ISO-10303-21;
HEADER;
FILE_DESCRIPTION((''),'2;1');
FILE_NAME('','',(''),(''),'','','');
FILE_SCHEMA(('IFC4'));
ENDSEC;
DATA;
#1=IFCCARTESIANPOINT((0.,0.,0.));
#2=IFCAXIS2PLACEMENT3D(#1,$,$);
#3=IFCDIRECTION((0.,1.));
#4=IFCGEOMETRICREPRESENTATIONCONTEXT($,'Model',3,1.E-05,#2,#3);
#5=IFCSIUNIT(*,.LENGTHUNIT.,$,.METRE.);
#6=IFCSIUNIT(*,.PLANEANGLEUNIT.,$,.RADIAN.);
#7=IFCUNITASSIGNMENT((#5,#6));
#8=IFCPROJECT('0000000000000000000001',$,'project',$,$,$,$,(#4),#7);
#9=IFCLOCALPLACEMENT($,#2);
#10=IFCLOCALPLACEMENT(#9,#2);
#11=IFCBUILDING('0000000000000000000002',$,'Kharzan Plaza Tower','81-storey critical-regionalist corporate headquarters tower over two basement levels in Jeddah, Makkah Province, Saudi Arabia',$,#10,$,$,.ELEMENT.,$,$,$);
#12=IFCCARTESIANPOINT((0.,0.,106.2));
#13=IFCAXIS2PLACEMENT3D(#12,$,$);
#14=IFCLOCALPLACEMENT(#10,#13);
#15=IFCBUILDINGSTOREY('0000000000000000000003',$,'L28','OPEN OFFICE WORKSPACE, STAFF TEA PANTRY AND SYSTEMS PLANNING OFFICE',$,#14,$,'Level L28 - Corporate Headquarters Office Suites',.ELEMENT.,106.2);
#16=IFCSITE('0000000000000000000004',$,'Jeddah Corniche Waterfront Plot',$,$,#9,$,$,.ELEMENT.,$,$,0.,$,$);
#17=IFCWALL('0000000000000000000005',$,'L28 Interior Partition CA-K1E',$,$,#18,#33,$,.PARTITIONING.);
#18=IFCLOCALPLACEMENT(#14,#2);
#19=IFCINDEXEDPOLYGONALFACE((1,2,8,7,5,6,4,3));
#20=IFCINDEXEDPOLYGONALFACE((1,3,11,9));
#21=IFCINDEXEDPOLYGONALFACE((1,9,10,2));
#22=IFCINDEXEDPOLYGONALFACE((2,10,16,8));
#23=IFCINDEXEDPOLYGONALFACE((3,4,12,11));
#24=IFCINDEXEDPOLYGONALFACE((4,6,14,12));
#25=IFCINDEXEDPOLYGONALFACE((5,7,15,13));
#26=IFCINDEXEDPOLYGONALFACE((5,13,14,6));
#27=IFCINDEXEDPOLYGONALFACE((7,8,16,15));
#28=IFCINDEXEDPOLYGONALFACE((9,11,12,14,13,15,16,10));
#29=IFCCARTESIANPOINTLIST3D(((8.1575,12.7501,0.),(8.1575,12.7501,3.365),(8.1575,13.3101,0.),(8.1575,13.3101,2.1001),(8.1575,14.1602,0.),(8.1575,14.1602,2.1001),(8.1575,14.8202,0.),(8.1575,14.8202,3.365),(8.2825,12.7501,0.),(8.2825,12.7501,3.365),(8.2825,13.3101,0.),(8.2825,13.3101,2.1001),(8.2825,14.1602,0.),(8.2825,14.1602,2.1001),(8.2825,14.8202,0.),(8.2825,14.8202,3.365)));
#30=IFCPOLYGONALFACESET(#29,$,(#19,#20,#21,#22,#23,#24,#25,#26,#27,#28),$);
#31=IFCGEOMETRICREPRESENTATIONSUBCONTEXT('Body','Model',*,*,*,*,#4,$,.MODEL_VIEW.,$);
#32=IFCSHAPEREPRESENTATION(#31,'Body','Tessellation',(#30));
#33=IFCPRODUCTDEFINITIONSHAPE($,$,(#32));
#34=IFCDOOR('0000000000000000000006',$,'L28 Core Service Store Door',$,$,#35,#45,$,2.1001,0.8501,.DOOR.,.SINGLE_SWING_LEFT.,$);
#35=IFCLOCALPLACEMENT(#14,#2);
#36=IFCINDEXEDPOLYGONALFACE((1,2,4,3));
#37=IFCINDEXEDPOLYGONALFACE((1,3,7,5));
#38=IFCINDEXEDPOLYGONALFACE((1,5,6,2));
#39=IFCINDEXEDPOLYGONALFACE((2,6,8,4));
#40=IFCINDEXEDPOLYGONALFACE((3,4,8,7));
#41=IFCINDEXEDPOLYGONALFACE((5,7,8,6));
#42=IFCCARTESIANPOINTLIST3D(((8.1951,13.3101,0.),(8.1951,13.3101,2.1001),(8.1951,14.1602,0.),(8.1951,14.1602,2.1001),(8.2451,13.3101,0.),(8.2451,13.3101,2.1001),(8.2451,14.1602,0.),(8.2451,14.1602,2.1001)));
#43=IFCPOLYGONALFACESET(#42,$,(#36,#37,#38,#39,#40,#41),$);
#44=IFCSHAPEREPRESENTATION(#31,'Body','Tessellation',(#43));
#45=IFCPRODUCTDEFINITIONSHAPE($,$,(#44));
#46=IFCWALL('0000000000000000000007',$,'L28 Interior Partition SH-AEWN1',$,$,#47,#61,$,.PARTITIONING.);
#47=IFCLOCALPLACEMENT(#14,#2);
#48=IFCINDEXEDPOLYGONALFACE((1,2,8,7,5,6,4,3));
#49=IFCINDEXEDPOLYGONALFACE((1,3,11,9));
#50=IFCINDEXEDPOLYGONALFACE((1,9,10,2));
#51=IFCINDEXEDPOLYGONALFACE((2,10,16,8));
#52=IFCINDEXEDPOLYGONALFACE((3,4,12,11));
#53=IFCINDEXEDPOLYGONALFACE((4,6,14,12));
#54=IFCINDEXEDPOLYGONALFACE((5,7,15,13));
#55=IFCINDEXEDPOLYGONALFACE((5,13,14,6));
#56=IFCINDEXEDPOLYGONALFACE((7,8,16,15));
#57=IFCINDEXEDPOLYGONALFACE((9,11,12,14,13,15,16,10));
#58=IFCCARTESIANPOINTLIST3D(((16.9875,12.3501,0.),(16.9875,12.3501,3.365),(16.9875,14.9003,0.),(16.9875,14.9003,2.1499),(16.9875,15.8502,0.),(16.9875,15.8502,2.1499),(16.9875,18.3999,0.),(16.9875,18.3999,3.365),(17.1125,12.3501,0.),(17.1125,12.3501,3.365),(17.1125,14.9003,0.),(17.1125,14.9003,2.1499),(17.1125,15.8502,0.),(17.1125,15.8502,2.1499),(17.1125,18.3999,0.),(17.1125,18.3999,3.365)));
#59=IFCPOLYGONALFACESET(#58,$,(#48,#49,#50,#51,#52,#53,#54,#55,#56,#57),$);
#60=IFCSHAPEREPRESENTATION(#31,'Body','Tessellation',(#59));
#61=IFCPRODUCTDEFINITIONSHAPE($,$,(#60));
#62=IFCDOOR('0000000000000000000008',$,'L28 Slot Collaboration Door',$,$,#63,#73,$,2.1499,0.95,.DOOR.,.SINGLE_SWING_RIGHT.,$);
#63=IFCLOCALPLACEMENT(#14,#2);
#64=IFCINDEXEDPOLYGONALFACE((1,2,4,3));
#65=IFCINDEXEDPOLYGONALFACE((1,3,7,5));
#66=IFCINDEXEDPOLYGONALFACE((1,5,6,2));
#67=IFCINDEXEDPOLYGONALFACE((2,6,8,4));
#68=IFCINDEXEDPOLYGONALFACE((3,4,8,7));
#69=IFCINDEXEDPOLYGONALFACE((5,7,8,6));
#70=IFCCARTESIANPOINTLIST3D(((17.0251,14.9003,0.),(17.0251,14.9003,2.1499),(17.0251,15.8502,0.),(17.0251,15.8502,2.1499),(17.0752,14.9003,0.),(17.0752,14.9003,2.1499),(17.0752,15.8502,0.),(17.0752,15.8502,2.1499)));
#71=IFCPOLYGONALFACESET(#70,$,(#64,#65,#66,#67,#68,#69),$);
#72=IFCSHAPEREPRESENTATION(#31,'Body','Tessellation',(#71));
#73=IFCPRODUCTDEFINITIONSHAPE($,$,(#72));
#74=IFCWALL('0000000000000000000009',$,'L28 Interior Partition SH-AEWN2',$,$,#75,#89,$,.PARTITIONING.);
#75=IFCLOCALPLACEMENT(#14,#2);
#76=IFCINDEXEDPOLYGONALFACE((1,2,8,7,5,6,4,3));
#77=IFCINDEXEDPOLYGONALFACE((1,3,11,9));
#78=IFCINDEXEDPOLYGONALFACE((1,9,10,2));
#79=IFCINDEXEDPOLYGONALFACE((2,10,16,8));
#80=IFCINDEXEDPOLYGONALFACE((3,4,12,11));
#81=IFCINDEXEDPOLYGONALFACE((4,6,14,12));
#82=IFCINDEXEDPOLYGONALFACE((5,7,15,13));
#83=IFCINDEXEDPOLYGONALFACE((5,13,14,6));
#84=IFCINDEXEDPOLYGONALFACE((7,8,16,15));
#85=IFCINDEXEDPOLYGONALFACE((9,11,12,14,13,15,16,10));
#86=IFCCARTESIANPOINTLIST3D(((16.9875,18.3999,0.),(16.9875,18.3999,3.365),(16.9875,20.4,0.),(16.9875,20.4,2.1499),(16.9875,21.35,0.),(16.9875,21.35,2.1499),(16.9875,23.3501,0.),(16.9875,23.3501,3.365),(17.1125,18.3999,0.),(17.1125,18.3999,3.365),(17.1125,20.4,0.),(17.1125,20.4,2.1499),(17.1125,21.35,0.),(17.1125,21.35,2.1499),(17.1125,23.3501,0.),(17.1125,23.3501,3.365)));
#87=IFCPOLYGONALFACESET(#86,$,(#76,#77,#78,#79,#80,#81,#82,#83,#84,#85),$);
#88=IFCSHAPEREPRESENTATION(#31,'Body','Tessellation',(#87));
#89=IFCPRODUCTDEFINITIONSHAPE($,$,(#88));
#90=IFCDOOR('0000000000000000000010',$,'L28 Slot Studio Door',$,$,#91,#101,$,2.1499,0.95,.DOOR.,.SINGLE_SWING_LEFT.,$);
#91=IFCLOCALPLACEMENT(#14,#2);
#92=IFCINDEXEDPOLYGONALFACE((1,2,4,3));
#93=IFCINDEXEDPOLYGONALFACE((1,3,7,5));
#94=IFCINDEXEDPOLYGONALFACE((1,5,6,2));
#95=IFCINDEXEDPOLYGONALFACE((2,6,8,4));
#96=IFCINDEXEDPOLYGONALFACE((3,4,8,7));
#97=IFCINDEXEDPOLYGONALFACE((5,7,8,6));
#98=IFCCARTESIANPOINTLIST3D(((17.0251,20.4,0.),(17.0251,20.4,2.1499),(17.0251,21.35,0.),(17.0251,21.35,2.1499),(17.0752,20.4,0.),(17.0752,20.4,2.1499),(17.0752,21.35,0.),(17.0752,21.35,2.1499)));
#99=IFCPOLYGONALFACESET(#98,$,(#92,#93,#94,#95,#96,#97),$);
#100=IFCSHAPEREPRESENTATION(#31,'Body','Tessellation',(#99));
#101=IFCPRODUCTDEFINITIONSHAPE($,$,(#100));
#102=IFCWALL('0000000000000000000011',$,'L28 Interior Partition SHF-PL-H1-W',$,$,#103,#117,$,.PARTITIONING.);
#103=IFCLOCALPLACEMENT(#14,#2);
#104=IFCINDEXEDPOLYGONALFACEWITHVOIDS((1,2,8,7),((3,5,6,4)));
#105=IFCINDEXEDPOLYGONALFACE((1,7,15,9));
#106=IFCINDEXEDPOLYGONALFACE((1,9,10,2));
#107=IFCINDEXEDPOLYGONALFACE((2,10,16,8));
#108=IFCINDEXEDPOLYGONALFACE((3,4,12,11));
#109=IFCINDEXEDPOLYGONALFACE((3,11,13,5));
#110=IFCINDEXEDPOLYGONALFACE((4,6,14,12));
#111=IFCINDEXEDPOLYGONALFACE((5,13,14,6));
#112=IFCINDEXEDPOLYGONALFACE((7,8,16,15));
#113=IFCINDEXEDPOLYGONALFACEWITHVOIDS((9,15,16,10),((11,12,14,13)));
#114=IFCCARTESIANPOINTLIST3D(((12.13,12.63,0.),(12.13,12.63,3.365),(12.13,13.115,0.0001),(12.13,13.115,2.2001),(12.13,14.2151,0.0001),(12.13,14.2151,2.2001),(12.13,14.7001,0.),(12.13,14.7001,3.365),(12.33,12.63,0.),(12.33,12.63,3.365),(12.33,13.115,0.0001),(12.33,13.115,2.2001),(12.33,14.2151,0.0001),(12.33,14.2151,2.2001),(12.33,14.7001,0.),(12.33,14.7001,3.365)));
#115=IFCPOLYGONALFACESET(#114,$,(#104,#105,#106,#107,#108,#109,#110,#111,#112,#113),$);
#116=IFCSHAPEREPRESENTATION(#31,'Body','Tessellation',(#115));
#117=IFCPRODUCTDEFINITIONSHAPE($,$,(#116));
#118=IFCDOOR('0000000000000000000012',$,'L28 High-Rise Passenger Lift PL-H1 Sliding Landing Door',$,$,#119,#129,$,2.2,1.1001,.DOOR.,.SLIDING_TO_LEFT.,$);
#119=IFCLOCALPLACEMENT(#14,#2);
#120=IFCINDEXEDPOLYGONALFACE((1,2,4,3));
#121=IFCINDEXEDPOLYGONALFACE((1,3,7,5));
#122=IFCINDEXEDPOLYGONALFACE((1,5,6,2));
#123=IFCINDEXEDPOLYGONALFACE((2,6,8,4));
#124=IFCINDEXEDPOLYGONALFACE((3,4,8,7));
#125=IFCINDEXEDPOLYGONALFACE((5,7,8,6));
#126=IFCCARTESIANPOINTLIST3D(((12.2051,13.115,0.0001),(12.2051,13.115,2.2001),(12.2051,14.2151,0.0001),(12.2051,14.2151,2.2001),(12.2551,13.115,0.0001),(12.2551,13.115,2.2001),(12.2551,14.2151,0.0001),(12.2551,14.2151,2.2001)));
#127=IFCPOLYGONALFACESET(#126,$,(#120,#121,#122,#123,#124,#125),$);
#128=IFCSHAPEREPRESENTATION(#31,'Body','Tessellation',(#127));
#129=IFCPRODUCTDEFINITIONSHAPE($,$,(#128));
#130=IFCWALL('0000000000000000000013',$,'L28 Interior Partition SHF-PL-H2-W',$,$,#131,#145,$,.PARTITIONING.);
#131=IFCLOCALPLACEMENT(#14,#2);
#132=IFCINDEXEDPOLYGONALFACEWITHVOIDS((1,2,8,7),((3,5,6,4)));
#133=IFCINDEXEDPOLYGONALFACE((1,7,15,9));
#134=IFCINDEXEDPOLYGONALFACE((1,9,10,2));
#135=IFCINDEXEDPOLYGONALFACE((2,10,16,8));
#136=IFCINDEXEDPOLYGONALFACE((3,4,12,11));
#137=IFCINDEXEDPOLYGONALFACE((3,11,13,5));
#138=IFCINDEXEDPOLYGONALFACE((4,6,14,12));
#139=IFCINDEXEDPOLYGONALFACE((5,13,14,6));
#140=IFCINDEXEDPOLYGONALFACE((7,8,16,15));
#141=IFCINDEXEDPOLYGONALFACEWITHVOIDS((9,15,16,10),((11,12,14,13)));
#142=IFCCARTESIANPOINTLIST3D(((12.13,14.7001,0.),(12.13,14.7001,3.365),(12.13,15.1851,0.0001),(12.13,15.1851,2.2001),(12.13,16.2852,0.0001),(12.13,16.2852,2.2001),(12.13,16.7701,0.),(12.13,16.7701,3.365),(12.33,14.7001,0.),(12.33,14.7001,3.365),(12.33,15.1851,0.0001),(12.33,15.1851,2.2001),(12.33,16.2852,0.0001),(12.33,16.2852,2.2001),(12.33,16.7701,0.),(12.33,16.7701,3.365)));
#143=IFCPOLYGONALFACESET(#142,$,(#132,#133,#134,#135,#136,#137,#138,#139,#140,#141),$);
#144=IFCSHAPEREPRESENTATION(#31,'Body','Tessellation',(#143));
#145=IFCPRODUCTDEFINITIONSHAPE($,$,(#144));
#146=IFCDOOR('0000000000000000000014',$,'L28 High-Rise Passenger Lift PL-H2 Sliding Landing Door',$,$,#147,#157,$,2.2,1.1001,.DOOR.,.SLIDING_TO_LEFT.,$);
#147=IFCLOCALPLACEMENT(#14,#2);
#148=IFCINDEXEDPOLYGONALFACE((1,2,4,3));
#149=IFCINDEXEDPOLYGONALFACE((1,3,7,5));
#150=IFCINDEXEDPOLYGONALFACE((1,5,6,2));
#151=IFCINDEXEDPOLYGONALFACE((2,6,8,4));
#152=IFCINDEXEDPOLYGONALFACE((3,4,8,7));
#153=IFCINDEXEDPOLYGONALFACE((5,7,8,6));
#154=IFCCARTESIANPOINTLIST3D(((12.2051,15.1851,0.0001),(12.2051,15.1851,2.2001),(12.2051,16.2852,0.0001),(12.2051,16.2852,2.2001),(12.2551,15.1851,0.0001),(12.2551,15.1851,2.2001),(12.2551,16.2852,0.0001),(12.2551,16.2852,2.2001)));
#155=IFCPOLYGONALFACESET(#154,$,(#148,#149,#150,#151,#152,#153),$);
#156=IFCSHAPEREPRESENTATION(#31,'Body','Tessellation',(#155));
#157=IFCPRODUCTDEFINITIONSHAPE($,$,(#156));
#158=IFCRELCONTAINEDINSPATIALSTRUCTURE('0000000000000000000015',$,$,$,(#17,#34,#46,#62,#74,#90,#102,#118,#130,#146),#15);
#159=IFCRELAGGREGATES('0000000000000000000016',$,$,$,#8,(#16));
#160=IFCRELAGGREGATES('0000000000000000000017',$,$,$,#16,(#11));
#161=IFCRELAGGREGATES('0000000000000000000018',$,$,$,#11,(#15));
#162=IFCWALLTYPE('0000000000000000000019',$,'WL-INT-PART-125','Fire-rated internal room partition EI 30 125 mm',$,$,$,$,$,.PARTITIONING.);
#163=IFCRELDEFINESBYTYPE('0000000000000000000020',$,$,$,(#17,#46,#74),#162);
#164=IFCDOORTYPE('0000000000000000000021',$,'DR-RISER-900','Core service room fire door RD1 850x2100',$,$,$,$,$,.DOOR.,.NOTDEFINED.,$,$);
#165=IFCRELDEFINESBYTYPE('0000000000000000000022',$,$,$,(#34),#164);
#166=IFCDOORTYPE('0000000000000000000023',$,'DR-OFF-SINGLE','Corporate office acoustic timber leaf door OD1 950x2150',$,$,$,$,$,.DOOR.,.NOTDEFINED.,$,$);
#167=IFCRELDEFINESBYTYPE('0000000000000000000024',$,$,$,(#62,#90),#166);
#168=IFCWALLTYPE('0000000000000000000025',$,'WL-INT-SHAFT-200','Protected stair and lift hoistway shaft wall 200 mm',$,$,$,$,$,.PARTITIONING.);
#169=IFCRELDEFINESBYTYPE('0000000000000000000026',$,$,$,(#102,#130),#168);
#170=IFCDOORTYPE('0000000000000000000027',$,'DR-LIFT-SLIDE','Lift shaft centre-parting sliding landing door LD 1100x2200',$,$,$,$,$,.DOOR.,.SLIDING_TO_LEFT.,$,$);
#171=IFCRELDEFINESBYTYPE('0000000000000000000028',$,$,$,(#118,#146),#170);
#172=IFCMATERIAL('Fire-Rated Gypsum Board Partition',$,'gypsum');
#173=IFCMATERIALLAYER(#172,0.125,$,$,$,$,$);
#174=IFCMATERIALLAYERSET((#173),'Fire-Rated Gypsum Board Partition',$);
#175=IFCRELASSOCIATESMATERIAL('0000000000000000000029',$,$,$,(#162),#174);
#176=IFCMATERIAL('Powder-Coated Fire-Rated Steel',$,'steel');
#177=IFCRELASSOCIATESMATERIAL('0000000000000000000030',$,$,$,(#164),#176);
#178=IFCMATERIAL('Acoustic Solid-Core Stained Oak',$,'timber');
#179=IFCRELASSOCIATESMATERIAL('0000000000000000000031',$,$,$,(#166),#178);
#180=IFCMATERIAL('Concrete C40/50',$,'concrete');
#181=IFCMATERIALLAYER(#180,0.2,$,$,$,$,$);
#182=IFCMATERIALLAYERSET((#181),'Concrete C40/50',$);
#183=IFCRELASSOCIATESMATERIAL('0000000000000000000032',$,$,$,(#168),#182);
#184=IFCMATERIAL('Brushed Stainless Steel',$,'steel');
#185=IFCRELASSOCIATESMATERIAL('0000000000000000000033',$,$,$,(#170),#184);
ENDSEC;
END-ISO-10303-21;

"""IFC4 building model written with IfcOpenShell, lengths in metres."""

from ifc_helpers import new_model, si_unit, direction, frame, frame_2d, origin, place, context, subcontext, project, spatial, rectangle, extrude, source, transform, mapped, material, layer, layer_set, type_object, element, fill, save


model = new_model("IFC4")

# Units and contexts
model_context = context("Model", 3, precision=1e-05, world=origin(), true_north=direction((0.0, 1.0)))
body_context = subcontext(model_context, "Body", "Model", "MODEL_VIEW")
ifc_project = project(units=[si_unit("LENGTHUNIT", "METRE"), si_unit("PLANEANGLEUNIT", "RADIAN")], contexts=[model_context])

# Site, building, storey
site_placement = place(None, origin())
site = spatial("IfcSite", under=ifc_project, at=site_placement, Name="Jeddah Corniche Waterfront Plot", CompositionType="ELEMENT", RefElevation=0.0)
building_placement = place(site_placement, origin())
building = spatial("IfcBuilding", under=site, at=building_placement, Name="Kharzan Plaza Tower", Description="81-storey critical-regionalist corporate headquarters tower over two basement levels in Jeddah, Makkah Province, Saudi Arabia", CompositionType="ELEMENT")
storey_placement = place(building_placement, frame((0.0, 0.0, 106.2)))
storey = spatial("IfcBuildingStorey", under=building, at=storey_placement, Name="L28", Description="OPEN OFFICE WORKSPACE, STAFF TEA PANTRY AND SYSTEMS PLANNING OFFICE", LongName="Level L28 - Corporate Headquarters Office Suites", CompositionType="ELEMENT", Elevation=106.2)

# Walls, openings, doors
ifc_material_1 = material(Name="Fire-Rated Gypsum Board Partition", Category="gypsum")
ifc_layer_1 = layer(ifc_material_1, 0.125)
ifc_layer_set_1 = layer_set([ifc_layer_1], Name="Fire-Rated Gypsum Board Partition")
wall_type_1 = type_object("IfcWallType", Name="WL-INT-PART-125", Description="Fire-rated internal room partition EI 30 125 mm", PredefinedType="PARTITIONING", material=ifc_layer_set_1)
wall_1_placement = place(storey_placement, frame((8.22, 12.75, 0.0), z_axis=(0.0, 0.0, 1.0), x_axis=(0.0, 1.0, 0.0)))
wall_1 = element("IfcWall", 1, at=wall_1_placement, inside=storey, type_object=wall_type_1, Name="L28 Interior Partition CA-K1E", PredefinedType="PARTITIONING", context=body_context, shape_type="SweptSolid", body=[
    extrude(rectangle(XDim=2.0701, YDim=0.125, at=frame_2d((1.0352, 0.0))), origin(), (0.0, 0.0, 1.0), 3.365),
])
opening_1_placement = place(wall_1_placement, frame((0.5601, 0.0, 0.0)))
opening_1 = element("IfcOpeningElement", 2, at=opening_1_placement, cuts=wall_1, PredefinedType="OPENING", context=body_context, shape_type="SweptSolid", body=[
    extrude(rectangle(XDim=0.8501, YDim=2.1001, at=frame_2d((0.425, 1.05))), frame((0.0, 0.0725, 0.0), z_axis=(0.0, -1.0, 0.0), x_axis=(1.0, 0.0, 0.0)), (0.0, 0.0, 1.0), 0.145),
])
ifc_material_2 = material(Name="Powder-Coated Fire-Rated Steel", Category="steel")
door_type_1 = type_object("IfcDoorType", Name="DR-RISER-900", Description="Core service room fire door RD1 850x2100", OperationType="NOTDEFINED", PredefinedType="DOOR", material=ifc_material_2)
shared_shape_1 = source(origin(), body_context, "Body", "SweptSolid", [
    extrude(rectangle(XDim=0.8501, YDim=2.1001, at=frame_2d((0.425, 1.05))), frame((0.0, 0.0249, 0.0), z_axis=(0.0, -1.0, 0.0), x_axis=(1.0, 0.0, 0.0)), (0.0, 0.0, 1.0), 0.05),
])
door_1_placement = place(opening_1_placement, origin())
door_1 = element("IfcDoor", 3, at=door_1_placement, inside=storey, type_object=door_type_1, Name="L28 Core Service Store Door", OperationType="SINGLE_SWING_LEFT", OverallHeight=2.1001, OverallWidth=0.8501, PredefinedType="DOOR", context=body_context, shape_type="MappedRepresentation", body=[
    mapped(shared_shape_1, transform((0.0, 0.0, 0.0), x_axis=(1.0, 0.0, 0.0), y_axis=(0.0, 1.0, 0.0), z_axis=(0.0, 0.0, 1.0))),
])
fill(opening_1, door_1)
wall_2_placement = place(storey_placement, frame((17.05, 12.3501, 0.0), z_axis=(0.0, 0.0, 1.0), x_axis=(0.0, 1.0, 0.0)))
wall_2 = element("IfcWall", 4, at=wall_2_placement, inside=storey, type_object=wall_type_1, Name="L28 Interior Partition SH-AEWN1", PredefinedType="PARTITIONING", context=body_context, shape_type="SweptSolid", body=[
    extrude(rectangle(XDim=6.0498, YDim=0.125, at=frame_2d((3.0249, 0.0))), origin(), (0.0, 0.0, 1.0), 3.365),
])
opening_2_placement = place(wall_2_placement, frame((2.55, 0.0, 0.0)))
opening_2 = element("IfcOpeningElement", 5, at=opening_2_placement, cuts=wall_2, PredefinedType="OPENING", context=body_context, shape_type="SweptSolid", body=[
    extrude(rectangle(XDim=0.95, YDim=2.1499, at=frame_2d((0.4751, 1.075))), frame((0.0, 0.0725, 0.0), z_axis=(0.0, -1.0, 0.0), x_axis=(1.0, 0.0, 0.0)), (0.0, 0.0, 1.0), 0.145),
])
ifc_material_3 = material(Name="Acoustic Solid-Core Stained Oak", Category="timber")
door_type_2 = type_object("IfcDoorType", Name="DR-OFF-SINGLE", Description="Corporate office acoustic timber leaf door OD1 950x2150", OperationType="NOTDEFINED", PredefinedType="DOOR", material=ifc_material_3)
shared_shape_2 = source(origin(), body_context, "Body", "SweptSolid", [
    extrude(rectangle(XDim=0.95, YDim=2.1499, at=frame_2d((0.4751, 1.075))), frame((0.0, 0.0249, 0.0), z_axis=(0.0, -1.0, 0.0), x_axis=(1.0, 0.0, 0.0)), (0.0, 0.0, 1.0), 0.05),
])
door_2_placement = place(opening_2_placement, origin())
door_2 = element("IfcDoor", 6, at=door_2_placement, inside=storey, type_object=door_type_2, Name="L28 Slot Collaboration Door", OperationType="SINGLE_SWING_RIGHT", OverallHeight=2.1499, OverallWidth=0.95, PredefinedType="DOOR", context=body_context, shape_type="MappedRepresentation", body=[
    mapped(shared_shape_2, transform((0.0, 0.0, 0.0), x_axis=(1.0, 0.0, 0.0), y_axis=(0.0, 1.0, 0.0), z_axis=(0.0, 0.0, 1.0))),
])
fill(opening_2, door_2)
wall_3_placement = place(storey_placement, frame((17.05, 18.3999, 0.0), z_axis=(0.0, 0.0, 1.0), x_axis=(0.0, 1.0, 0.0)))
wall_3 = element("IfcWall", 7, at=wall_3_placement, inside=storey, type_object=wall_type_1, Name="L28 Interior Partition SH-AEWN2", PredefinedType="PARTITIONING", context=body_context, shape_type="SweptSolid", body=[
    extrude(rectangle(XDim=4.9502, YDim=0.125, at=frame_2d((2.4751, 0.0))), origin(), (0.0, 0.0, 1.0), 3.365),
])
opening_3_placement = place(wall_3_placement, frame((2.0, 0.0, 0.0)))
opening_3 = element("IfcOpeningElement", 8, at=opening_3_placement, cuts=wall_3, PredefinedType="OPENING", context=body_context, shape_type="SweptSolid", body=[
    extrude(rectangle(XDim=0.95, YDim=2.1499, at=frame_2d((0.4751, 1.075))), frame((0.0, 0.0725, 0.0), z_axis=(0.0, -1.0, 0.0), x_axis=(1.0, 0.0, 0.0)), (0.0, 0.0, 1.0), 0.145),
])
door_3_placement = place(opening_3_placement, origin())
door_3 = element("IfcDoor", 9, at=door_3_placement, inside=storey, type_object=door_type_2, Name="L28 Slot Studio Door", OperationType="SINGLE_SWING_LEFT", OverallHeight=2.1499, OverallWidth=0.95, PredefinedType="DOOR", context=body_context, shape_type="MappedRepresentation", body=[
    mapped(shared_shape_2, transform((0.0, 0.0, 0.0), x_axis=(1.0, 0.0, 0.0), y_axis=(0.0, 1.0, 0.0), z_axis=(0.0, 0.0, 1.0))),
])
fill(opening_3, door_3)
ifc_material_4 = material(Name="Concrete C40/50", Category="concrete")
ifc_layer_2 = layer(ifc_material_4, 0.2)
ifc_layer_set_2 = layer_set([ifc_layer_2], Name="Concrete C40/50")
wall_type_2 = type_object("IfcWallType", Name="WL-INT-SHAFT-200", Description="Protected stair and lift hoistway shaft wall 200 mm", PredefinedType="PARTITIONING", material=ifc_layer_set_2)
wall_4_placement = place(storey_placement, frame((12.23, 12.6299, 0.0), z_axis=(0.0, 0.0, 1.0), x_axis=(0.0, 1.0, 0.0)))
wall_4 = element("IfcWall", 10, at=wall_4_placement, inside=storey, type_object=wall_type_2, Name="L28 Interior Partition SHF-PL-H1-W", PredefinedType="PARTITIONING", context=body_context, shape_type="SweptSolid", body=[
    extrude(rectangle(XDim=2.0701, YDim=0.2, at=frame_2d((1.0352, 0.0))), origin(), (0.0, 0.0, 1.0), 3.365),
])
opening_4_placement = place(wall_4_placement, frame((0.4851, 0.0, 0.0)))
opening_4 = element("IfcOpeningElement", 11, at=opening_4_placement, cuts=wall_4, PredefinedType="OPENING", context=body_context, shape_type="SweptSolid", body=[
    extrude(rectangle(XDim=1.1001, YDim=2.2, at=frame_2d((0.55, 1.1001))), frame((0.0, 0.1099, 0.0), z_axis=(0.0, -1.0, 0.0), x_axis=(1.0, 0.0, 0.0)), (0.0, 0.0, 1.0), 0.22),
])
ifc_material_5 = material(Name="Brushed Stainless Steel", Category="steel")
door_type_3 = type_object("IfcDoorType", Name="DR-LIFT-SLIDE", Description="Lift shaft centre-parting sliding landing door LD 1100x2200", OperationType="SLIDING_TO_LEFT", PredefinedType="DOOR", material=ifc_material_5)
shared_shape_3 = source(origin(), body_context, "Body", "SweptSolid", [
    extrude(rectangle(XDim=1.1001, YDim=2.2, at=frame_2d((0.55, 1.1001))), frame((0.0, 0.0249, 0.0), z_axis=(0.0, -1.0, 0.0), x_axis=(1.0, 0.0, 0.0)), (0.0, 0.0, 1.0), 0.05),
])
door_4_placement = place(opening_4_placement, origin())
door_4 = element("IfcDoor", 12, at=door_4_placement, inside=storey, type_object=door_type_3, Name="L28 High-Rise Passenger Lift PL-H1 Sliding Landing Door", OperationType="SLIDING_TO_LEFT", OverallHeight=2.2, OverallWidth=1.1001, PredefinedType="DOOR", context=body_context, shape_type="MappedRepresentation", body=[
    mapped(shared_shape_3, transform((0.0, 0.0, 0.0), x_axis=(1.0, 0.0, 0.0), y_axis=(0.0, 1.0, 0.0), z_axis=(0.0, 0.0, 1.0))),
])
fill(opening_4, door_4)
wall_5_placement = place(storey_placement, frame((12.23, 14.7, 0.0), z_axis=(0.0, 0.0, 1.0), x_axis=(0.0, 1.0, 0.0)))
wall_5 = element("IfcWall", 13, at=wall_5_placement, inside=storey, type_object=wall_type_2, Name="L28 Interior Partition SHF-PL-H2-W", PredefinedType="PARTITIONING", context=body_context, shape_type="SweptSolid", body=[
    extrude(rectangle(XDim=2.0701, YDim=0.2, at=frame_2d((1.0352, 0.0))), origin(), (0.0, 0.0, 1.0), 3.365),
])
opening_5_placement = place(wall_5_placement, frame((0.4851, 0.0, 0.0)))
opening_5 = element("IfcOpeningElement", 14, at=opening_5_placement, cuts=wall_5, PredefinedType="OPENING", context=body_context, shape_type="SweptSolid", body=[
    extrude(rectangle(XDim=1.1001, YDim=2.2, at=frame_2d((0.55, 1.1001))), frame((0.0, 0.1099, 0.0), z_axis=(0.0, -1.0, 0.0), x_axis=(1.0, 0.0, 0.0)), (0.0, 0.0, 1.0), 0.22),
])
door_5_placement = place(opening_5_placement, origin())
door_5 = element("IfcDoor", 15, at=door_5_placement, inside=storey, type_object=door_type_3, Name="L28 High-Rise Passenger Lift PL-H2 Sliding Landing Door", OperationType="SLIDING_TO_LEFT", OverallHeight=2.2, OverallWidth=1.1001, PredefinedType="DOOR", context=body_context, shape_type="MappedRepresentation", body=[
    mapped(shared_shape_3, transform((0.0, 0.0, 0.0), x_axis=(1.0, 0.0, 0.0), y_axis=(0.0, 1.0, 0.0), z_axis=(0.0, 0.0, 1.0))),
])
fill(opening_5, door_5)

save(model, "model.ifc")
